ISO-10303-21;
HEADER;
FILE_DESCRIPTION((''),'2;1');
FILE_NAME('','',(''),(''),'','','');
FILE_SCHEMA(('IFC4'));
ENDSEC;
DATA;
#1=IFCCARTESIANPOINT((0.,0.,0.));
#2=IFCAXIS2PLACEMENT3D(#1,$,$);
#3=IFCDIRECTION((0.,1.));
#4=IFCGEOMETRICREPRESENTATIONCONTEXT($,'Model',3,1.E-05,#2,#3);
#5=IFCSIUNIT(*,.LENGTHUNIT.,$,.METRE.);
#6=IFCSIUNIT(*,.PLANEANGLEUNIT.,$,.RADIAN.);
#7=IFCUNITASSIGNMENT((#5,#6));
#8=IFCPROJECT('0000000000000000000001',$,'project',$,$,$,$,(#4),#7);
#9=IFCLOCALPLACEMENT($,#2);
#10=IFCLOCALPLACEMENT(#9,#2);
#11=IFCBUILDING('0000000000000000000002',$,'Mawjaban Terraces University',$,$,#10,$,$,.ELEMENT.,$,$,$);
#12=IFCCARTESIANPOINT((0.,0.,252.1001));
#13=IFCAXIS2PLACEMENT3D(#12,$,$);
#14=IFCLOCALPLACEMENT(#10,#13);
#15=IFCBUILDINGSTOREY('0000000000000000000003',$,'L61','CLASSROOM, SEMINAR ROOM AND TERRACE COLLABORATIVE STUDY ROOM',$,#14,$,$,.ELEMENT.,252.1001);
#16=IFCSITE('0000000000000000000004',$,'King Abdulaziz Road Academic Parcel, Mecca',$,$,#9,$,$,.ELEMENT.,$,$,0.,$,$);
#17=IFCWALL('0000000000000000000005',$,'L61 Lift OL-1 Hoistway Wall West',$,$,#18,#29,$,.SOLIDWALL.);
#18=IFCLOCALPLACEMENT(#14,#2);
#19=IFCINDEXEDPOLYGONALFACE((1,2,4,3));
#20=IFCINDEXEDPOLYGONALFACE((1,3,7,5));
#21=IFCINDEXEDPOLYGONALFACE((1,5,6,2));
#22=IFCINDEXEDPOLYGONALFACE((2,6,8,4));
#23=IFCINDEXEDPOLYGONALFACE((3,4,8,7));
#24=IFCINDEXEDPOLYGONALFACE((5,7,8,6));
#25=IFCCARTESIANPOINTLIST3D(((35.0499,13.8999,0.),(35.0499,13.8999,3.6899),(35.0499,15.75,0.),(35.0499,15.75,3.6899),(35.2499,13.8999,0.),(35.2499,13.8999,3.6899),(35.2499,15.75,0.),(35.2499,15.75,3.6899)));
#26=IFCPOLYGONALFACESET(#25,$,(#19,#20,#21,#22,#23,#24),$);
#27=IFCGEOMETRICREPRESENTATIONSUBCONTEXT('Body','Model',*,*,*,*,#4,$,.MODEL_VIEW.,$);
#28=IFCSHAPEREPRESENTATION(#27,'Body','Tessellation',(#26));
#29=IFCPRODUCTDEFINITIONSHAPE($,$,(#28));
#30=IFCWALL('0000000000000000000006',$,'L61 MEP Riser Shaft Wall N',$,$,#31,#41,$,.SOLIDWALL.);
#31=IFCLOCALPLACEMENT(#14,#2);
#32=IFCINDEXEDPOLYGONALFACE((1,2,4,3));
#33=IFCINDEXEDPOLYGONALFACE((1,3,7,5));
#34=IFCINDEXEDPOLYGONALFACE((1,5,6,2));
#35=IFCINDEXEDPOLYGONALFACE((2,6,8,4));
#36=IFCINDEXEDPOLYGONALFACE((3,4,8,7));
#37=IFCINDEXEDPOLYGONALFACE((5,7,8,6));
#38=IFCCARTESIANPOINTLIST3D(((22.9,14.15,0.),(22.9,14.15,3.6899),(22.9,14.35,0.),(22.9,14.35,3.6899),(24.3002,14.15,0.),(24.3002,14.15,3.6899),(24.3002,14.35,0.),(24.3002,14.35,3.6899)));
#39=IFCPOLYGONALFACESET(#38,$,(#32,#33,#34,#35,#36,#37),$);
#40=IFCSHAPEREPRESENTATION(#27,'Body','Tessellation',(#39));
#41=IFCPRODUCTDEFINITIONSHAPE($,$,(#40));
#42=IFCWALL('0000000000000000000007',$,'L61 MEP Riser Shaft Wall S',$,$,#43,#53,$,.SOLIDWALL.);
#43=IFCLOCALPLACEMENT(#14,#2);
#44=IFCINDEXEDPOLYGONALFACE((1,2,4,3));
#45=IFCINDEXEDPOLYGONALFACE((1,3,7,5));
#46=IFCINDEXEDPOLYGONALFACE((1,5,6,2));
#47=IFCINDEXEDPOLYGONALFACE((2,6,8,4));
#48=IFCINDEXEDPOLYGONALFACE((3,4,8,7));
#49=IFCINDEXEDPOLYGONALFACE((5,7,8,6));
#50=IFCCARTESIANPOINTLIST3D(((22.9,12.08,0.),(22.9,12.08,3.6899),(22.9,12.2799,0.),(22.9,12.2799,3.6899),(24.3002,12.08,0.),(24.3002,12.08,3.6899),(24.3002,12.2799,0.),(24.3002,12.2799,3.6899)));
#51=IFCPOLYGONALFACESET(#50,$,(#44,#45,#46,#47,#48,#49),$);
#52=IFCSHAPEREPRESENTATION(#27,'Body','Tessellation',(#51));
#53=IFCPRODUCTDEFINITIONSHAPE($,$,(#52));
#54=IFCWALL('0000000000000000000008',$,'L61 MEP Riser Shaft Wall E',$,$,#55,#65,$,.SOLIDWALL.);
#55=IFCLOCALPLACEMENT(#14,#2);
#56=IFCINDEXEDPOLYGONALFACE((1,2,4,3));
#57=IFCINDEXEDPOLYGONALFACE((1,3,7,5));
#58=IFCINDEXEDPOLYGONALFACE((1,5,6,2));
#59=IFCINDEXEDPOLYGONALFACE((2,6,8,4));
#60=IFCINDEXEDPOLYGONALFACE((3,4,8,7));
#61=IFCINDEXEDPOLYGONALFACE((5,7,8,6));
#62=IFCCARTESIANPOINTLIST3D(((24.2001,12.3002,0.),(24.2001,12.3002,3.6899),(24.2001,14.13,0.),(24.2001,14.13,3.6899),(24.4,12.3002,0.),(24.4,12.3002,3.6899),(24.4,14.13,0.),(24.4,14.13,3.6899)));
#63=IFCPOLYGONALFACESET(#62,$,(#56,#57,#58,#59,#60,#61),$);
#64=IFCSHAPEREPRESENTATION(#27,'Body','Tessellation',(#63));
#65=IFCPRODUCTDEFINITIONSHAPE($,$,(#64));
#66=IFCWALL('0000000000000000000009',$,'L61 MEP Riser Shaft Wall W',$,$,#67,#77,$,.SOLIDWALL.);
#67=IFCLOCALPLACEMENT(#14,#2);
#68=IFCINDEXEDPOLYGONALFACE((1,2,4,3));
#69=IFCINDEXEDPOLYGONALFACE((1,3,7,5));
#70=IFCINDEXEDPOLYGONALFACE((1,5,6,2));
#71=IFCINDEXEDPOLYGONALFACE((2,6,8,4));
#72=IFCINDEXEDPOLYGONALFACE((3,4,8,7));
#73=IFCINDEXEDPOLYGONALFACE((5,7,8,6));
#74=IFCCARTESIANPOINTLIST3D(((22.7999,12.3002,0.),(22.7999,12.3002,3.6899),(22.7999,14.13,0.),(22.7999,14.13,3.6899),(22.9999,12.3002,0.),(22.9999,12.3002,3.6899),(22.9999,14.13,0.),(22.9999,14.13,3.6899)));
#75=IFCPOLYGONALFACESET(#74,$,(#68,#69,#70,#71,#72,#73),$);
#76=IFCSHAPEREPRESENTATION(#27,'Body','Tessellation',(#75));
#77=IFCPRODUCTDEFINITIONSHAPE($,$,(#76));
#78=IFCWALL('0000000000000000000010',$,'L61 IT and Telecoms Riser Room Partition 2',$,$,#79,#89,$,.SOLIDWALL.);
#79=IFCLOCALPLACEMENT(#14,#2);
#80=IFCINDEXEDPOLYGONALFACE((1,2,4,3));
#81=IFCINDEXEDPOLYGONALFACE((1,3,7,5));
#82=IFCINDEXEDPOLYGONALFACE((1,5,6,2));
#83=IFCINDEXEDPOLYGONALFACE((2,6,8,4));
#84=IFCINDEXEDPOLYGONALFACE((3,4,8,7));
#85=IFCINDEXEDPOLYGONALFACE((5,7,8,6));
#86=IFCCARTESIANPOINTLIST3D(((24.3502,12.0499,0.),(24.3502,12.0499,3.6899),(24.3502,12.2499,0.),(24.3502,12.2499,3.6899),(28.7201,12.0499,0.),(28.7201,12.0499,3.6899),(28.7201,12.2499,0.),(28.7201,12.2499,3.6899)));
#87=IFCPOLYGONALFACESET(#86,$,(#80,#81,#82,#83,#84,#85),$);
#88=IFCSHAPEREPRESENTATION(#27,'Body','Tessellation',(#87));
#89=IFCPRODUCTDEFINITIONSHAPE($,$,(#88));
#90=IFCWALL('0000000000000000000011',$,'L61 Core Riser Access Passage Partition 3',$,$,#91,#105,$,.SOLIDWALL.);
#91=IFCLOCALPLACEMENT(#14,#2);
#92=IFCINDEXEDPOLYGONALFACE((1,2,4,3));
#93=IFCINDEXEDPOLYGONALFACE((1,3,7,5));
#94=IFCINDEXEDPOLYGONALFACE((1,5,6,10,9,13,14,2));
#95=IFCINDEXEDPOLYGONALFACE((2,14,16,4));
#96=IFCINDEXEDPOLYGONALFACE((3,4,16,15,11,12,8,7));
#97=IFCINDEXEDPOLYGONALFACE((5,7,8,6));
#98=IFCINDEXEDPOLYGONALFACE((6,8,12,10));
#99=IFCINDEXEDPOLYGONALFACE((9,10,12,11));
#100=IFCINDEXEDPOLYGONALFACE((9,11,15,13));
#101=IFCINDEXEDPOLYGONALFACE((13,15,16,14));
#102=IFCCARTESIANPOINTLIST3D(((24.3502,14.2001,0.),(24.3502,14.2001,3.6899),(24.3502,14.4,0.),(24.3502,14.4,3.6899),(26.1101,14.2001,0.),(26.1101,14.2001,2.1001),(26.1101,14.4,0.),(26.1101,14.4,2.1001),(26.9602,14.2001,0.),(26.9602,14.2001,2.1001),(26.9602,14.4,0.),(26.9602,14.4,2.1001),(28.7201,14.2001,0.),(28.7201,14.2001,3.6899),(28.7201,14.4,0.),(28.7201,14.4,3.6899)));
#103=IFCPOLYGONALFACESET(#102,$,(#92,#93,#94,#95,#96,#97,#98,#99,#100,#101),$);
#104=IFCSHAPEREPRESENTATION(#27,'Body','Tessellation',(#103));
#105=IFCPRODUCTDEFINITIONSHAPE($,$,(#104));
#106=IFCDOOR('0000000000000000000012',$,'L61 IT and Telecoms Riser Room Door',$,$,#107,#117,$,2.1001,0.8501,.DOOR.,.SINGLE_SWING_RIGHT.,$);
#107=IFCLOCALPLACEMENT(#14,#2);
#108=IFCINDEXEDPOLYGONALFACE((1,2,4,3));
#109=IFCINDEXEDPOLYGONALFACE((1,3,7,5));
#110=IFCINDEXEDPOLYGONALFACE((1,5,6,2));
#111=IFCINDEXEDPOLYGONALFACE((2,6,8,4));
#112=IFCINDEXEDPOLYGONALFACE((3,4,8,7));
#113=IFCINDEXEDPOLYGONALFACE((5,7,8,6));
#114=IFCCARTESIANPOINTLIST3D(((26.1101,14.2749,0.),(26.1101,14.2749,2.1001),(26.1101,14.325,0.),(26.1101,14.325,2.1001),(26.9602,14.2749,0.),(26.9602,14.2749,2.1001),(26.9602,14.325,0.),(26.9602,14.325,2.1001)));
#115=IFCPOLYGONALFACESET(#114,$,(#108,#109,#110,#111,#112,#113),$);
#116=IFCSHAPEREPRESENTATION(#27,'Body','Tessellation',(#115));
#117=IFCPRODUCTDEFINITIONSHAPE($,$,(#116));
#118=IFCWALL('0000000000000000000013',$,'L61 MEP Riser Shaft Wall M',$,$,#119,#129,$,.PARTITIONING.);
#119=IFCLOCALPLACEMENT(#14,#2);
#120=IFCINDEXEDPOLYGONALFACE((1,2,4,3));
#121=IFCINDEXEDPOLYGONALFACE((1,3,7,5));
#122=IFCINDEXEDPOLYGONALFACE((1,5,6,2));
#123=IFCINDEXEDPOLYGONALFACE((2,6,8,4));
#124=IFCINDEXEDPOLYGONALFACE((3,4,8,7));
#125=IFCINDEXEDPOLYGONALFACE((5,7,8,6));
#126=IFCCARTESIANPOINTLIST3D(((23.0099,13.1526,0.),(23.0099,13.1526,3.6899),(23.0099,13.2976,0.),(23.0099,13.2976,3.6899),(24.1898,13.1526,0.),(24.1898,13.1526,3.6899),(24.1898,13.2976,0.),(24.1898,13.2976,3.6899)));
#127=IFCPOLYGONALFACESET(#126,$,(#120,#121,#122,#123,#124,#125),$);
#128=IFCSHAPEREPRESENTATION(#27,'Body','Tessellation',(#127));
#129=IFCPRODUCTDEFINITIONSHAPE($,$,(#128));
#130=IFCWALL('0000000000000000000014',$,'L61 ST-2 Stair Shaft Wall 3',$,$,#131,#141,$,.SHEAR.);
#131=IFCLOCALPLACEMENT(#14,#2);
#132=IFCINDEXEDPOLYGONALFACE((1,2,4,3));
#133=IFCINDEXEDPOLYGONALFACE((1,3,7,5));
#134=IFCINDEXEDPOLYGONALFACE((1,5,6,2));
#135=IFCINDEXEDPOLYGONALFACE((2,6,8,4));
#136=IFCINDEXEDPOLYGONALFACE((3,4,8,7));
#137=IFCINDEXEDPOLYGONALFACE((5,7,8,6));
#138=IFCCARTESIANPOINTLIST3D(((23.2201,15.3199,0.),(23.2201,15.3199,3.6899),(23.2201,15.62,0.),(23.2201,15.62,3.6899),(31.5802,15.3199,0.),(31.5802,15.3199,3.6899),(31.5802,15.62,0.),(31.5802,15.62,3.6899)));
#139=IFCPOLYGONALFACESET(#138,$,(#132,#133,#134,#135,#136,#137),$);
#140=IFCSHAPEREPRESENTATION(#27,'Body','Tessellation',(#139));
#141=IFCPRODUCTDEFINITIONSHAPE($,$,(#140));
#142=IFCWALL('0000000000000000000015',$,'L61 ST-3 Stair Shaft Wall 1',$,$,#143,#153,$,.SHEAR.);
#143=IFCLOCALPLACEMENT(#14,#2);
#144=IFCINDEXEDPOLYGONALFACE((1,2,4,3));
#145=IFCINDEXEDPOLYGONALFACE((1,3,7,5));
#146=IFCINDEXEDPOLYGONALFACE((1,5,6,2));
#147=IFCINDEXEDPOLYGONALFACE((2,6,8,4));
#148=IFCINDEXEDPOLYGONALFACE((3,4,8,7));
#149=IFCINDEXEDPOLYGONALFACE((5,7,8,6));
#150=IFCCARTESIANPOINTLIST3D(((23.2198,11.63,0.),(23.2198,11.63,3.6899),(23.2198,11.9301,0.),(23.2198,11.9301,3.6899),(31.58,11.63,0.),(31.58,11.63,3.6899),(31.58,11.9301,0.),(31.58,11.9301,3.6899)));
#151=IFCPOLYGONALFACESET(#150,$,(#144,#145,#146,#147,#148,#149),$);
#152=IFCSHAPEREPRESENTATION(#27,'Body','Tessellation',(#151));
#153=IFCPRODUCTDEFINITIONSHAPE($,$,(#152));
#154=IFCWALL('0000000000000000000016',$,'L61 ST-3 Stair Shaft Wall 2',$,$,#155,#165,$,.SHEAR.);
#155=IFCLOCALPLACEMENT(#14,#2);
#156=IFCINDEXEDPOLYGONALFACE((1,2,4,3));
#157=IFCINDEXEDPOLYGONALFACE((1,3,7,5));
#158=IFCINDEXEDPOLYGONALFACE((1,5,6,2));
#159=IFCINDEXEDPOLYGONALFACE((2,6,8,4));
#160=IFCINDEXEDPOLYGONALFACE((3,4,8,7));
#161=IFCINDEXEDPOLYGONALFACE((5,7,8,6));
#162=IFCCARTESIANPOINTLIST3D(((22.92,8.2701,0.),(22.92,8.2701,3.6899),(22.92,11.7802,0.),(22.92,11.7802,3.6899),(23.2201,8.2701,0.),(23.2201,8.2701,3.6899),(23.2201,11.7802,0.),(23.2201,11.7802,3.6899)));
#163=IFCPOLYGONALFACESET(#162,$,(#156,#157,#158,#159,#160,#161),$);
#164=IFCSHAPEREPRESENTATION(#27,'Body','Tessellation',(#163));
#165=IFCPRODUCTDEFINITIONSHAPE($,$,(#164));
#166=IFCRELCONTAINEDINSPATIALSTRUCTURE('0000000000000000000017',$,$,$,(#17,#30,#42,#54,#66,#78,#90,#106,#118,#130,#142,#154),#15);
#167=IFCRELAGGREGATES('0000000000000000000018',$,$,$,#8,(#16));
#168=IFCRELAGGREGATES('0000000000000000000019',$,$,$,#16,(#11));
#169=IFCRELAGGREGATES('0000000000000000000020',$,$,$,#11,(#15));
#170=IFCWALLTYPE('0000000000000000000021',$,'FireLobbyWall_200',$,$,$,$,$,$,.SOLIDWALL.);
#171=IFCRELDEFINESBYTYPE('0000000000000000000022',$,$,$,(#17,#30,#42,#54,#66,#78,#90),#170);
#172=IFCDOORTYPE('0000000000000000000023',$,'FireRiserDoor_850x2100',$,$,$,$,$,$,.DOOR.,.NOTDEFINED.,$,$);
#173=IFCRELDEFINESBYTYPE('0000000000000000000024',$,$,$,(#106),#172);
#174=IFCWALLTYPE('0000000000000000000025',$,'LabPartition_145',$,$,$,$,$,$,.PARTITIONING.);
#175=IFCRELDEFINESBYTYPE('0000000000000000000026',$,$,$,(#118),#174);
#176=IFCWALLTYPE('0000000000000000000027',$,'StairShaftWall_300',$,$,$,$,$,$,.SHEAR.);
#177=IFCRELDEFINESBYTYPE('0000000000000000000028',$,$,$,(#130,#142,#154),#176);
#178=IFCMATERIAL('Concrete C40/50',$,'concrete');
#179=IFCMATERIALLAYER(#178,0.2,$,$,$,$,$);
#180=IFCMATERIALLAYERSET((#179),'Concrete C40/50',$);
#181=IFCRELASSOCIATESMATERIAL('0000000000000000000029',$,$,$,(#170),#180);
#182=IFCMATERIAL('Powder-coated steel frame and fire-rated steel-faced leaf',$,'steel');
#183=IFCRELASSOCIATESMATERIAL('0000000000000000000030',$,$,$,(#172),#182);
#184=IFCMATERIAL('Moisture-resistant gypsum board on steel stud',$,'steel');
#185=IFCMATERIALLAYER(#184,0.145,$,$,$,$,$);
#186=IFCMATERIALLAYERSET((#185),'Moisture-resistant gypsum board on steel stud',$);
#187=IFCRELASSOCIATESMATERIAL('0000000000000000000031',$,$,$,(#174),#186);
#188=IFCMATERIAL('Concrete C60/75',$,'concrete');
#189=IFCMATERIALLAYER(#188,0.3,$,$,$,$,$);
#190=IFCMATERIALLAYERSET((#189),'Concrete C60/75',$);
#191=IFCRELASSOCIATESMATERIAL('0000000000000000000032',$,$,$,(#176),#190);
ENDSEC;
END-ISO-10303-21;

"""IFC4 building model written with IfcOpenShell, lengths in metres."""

from ifc_helpers import new_model, si_unit, direction, frame, frame_2d, origin, place, context, subcontext, project, spatial, rectangle, extrude, material, layer, layer_set, type_object, element, fill, save


model = new_model("IFC4")

# Units and contexts
model_context = context("Model", 3, precision=1e-05, world=origin(), true_north=direction((0.0, 1.0)))
body_context = subcontext(model_context, "Body", "Model", "MODEL_VIEW")
ifc_project = project(units=[si_unit("LENGTHUNIT", "METRE"), si_unit("PLANEANGLEUNIT", "RADIAN")], contexts=[model_context])

# Site, building, storey
site_placement = place(None, origin())
site = spatial("IfcSite", under=ifc_project, at=site_placement, Name="King Abdulaziz Road Academic Parcel, Mecca", CompositionType="ELEMENT", RefElevation=0.0)
building_placement = place(site_placement, origin())
building = spatial("IfcBuilding", under=site, at=building_placement, Name="Mawjaban Terraces University", CompositionType="ELEMENT")
storey_placement = place(building_placement, frame((0.0, 0.0, 252.1001)))
storey = spatial("IfcBuildingStorey", under=building, at=storey_placement, Name="L61", Description="CLASSROOM, SEMINAR ROOM AND TERRACE COLLABORATIVE STUDY ROOM", CompositionType="ELEMENT", Elevation=252.1001)

# Shared definitions
ifc_material_1 = material(Name="Concrete C40/50", Category="concrete")
ifc_layer_1 = layer(ifc_material_1, 0.2)
ifc_layer_set_1 = layer_set([ifc_layer_1], Name="Concrete C40/50")
wall_type_1 = type_object("IfcWallType", Name="FireLobbyWall_200", PredefinedType="SOLIDWALL", material=ifc_layer_set_1)
ifc_material_2 = material(Name="Powder-coated steel frame and fire-rated steel-faced leaf", Category="steel")

# Walls
wall_1_placement = place(storey_placement, frame((35.1499, 15.75, 0.0), z_axis=(0.0, 0.0, 1.0), x_axis=(0.0, -1.0, 0.0)))
element("IfcWall", 1, at=wall_1_placement, inside=storey, type_object=wall_type_1, Name="L61 Lift OL-1 Hoistway Wall West", PredefinedType="SOLIDWALL", context=body_context, shape_type="SweptSolid", body=[
    extrude(rectangle(XDim=1.8501, YDim=0.2, at=frame_2d((0.925, 0.0))), origin(), (0.0, 0.0, 1.0), 3.6899),
])
for number, where, z_axis, x_axis, name in (
    (2, (22.8999, 14.25, 0.0), (0.0, 0.0, 1.0), (1.0, 0.0, 0.0), "L61 MEP Riser Shaft Wall N"),
    (3, (22.8999, 12.1799, 0.0), (0.0, 0.0, 1.0), (1.0, 0.0, 0.0), "L61 MEP Riser Shaft Wall S"),
):
    element("IfcWall", number, at=place(storey_placement, frame(where, z_axis=z_axis, x_axis=x_axis)), inside=storey, type_object=wall_type_1, Name=name, PredefinedType="SOLIDWALL", context=body_context, shape_type="SweptSolid", body=[
        extrude(rectangle(XDim=1.4001, YDim=0.2, at=frame_2d((0.7002, 0.0))), origin(), (0.0, 0.0, 1.0), 3.6899),
    ])
for number, where, z_axis, x_axis, name in (
    (4, (24.3, 12.3, 0.0), (0.0, 0.0, 1.0), (0.0, 1.0, 0.0), "L61 MEP Riser Shaft Wall E"),
    (5, (22.8999, 12.3, 0.0), (0.0, 0.0, 1.0), (0.0, 1.0, 0.0), "L61 MEP Riser Shaft Wall W"),
):
    element("IfcWall", number, at=place(storey_placement, frame(where, z_axis=z_axis, x_axis=x_axis)), inside=storey, type_object=wall_type_1, Name=name, PredefinedType="SOLIDWALL", context=body_context, shape_type="SweptSolid", body=[
        extrude(rectangle(XDim=1.8298, YDim=0.2, at=frame_2d((0.915, 0.0))), origin(), (0.0, 0.0, 1.0), 3.6899),
    ])
wall_2_placement = place(storey_placement, frame((24.3501, 12.1499, 0.0), z_axis=(0.0, 0.0, 1.0), x_axis=(1.0, 0.0, 0.0)))
element("IfcWall", 6, at=wall_2_placement, inside=storey, type_object=wall_type_1, Name="L61 IT and Telecoms Riser Room Partition 2", PredefinedType="SOLIDWALL", context=body_context, shape_type="SweptSolid", body=[
    extrude(rectangle(XDim=4.3699, YDim=0.2, at=frame_2d((2.1851, 0.0))), origin(), (0.0, 0.0, 1.0), 3.6899),
])

# Wall, opening, door
wall_3_placement = place(storey_placement, frame((24.3501, 14.3, 0.0), z_axis=(0.0, 0.0, 1.0), x_axis=(1.0, 0.0, 0.0)))
wall_3 = element("IfcWall", 7, at=wall_3_placement, inside=storey, type_object=wall_type_1, Name="L61 Core Riser Access Passage Partition 3", PredefinedType="SOLIDWALL", context=body_context, shape_type="SweptSolid", body=[
    extrude(rectangle(XDim=4.3699, YDim=0.2, at=frame_2d((2.1851, 0.0))), origin(), (0.0, 0.0, 1.0), 3.6899),
])
opening_1_placement = place(wall_3_placement, frame((1.76, 0.0, 0.0)))
opening_1 = element("IfcOpeningElement", 8, at=opening_1_placement, cuts=wall_3, PredefinedType="OPENING", context=body_context, shape_type="SweptSolid", body=[
    extrude(rectangle(XDim=0.8501, YDim=2.1001, at=frame_2d((0.425, 1.05))), frame((0.0, 0.1099, 0.0), z_axis=(0.0, -1.0, 0.0), x_axis=(1.0, 0.0, 0.0)), (0.0, 0.0, 1.0), 0.22),
])
door_type_1 = type_object("IfcDoorType", Name="FireRiserDoor_850x2100", OperationType="NOTDEFINED", PredefinedType="DOOR", material=ifc_material_2)
door_1_placement = place(opening_1_placement, origin())
door_1 = element("IfcDoor", 9, at=door_1_placement, inside=storey, type_object=door_type_1, Name="L61 IT and Telecoms Riser Room Door", OperationType="SINGLE_SWING_RIGHT", OverallHeight=2.1001, OverallWidth=0.8501, PredefinedType="DOOR", context=body_context, shape_type="SweptSolid", body=[
    extrude(rectangle(XDim=0.8501, YDim=2.1001, at=frame_2d((0.425, 1.05))), frame((0.0, 0.0249, 0.0), z_axis=(0.0, -1.0, 0.0), x_axis=(1.0, 0.0, 0.0)), (0.0, 0.0, 1.0), 0.05),
])
fill(opening_1, door_1)

# Walls
ifc_material_3 = material(Name="Moisture-resistant gypsum board on steel stud", Category="steel")
ifc_layer_2 = layer(ifc_material_3, 0.145)
ifc_layer_set_2 = layer_set([ifc_layer_2], Name="Moisture-resistant gypsum board on steel stud")
wall_type_2 = type_object("IfcWallType", Name="LabPartition_145", PredefinedType="PARTITIONING", material=ifc_layer_set_2)
wall_4_placement = place(storey_placement, frame((23.01, 13.2251, 0.0), z_axis=(0.0, 0.0, 1.0), x_axis=(1.0, 0.0, 0.0)))
element("IfcWall", 10, at=wall_4_placement, inside=storey, type_object=wall_type_2, Name="L61 MEP Riser Shaft Wall M", PredefinedType="PARTITIONING", context=body_context, shape_type="SweptSolid", body=[
    extrude(rectangle(XDim=1.1799, YDim=0.145, at=frame_2d((0.5898, 0.0))), origin(), (0.0, 0.0, 1.0), 3.6899),
])
ifc_material_4 = material(Name="Concrete C60/75", Category="concrete")
ifc_layer_3 = layer(ifc_material_4, 0.3)
ifc_layer_set_3 = layer_set([ifc_layer_3], Name="Concrete C60/75")
wall_type_3 = type_object("IfcWallType", Name="StairShaftWall_300", PredefinedType="SHEAR", material=ifc_layer_set_3)
wall_5_placement = place(storey_placement, frame((23.22, 15.47, 0.0), z_axis=(0.0, 0.0, 1.0), x_axis=(1.0, 0.0, 0.0)))
element("IfcWall", 11, at=wall_5_placement, inside=storey, type_object=wall_type_3, Name="L61 ST-2 Stair Shaft Wall 3", PredefinedType="SHEAR", context=body_context, shape_type="SweptSolid", body=[
    extrude(rectangle(XDim=8.3601, YDim=0.3, at=frame_2d((4.1802, 0.0))), origin(), (0.0, 0.0, 1.0), 3.6899),
])

# Walls
wall_6_placement = place(storey_placement, frame((31.5801, 11.78, 0.0), z_axis=(0.0, 0.0, 1.0), x_axis=(-1.0, 0.0, 0.0)))
element("IfcWall", 12, at=wall_6_placement, inside=storey, type_object=wall_type_3, Name="L61 ST-3 Stair Shaft Wall 1", PredefinedType="SHEAR", context=body_context, shape_type="SweptSolid", body=[
    extrude(rectangle(XDim=8.3601, YDim=0.3, at=frame_2d((4.1802, 0.0))), origin(), (0.0, 0.0, 1.0), 3.6899),
])
wall_7_placement = place(storey_placement, frame((23.0701, 11.78, 0.0), z_axis=(0.0, 0.0, 1.0), x_axis=(0.0, -1.0, 0.0)))
element("IfcWall", 13, at=wall_7_placement, inside=storey, type_object=wall_type_3, Name="L61 ST-3 Stair Shaft Wall 2", PredefinedType="SHEAR", context=body_context, shape_type="SweptSolid", body=[
    extrude(rectangle(XDim=3.51, YDim=0.3, at=frame_2d((1.7549, 0.0))), origin(), (0.0, 0.0, 1.0), 3.6899),
])

save(model, "model.ifc")
